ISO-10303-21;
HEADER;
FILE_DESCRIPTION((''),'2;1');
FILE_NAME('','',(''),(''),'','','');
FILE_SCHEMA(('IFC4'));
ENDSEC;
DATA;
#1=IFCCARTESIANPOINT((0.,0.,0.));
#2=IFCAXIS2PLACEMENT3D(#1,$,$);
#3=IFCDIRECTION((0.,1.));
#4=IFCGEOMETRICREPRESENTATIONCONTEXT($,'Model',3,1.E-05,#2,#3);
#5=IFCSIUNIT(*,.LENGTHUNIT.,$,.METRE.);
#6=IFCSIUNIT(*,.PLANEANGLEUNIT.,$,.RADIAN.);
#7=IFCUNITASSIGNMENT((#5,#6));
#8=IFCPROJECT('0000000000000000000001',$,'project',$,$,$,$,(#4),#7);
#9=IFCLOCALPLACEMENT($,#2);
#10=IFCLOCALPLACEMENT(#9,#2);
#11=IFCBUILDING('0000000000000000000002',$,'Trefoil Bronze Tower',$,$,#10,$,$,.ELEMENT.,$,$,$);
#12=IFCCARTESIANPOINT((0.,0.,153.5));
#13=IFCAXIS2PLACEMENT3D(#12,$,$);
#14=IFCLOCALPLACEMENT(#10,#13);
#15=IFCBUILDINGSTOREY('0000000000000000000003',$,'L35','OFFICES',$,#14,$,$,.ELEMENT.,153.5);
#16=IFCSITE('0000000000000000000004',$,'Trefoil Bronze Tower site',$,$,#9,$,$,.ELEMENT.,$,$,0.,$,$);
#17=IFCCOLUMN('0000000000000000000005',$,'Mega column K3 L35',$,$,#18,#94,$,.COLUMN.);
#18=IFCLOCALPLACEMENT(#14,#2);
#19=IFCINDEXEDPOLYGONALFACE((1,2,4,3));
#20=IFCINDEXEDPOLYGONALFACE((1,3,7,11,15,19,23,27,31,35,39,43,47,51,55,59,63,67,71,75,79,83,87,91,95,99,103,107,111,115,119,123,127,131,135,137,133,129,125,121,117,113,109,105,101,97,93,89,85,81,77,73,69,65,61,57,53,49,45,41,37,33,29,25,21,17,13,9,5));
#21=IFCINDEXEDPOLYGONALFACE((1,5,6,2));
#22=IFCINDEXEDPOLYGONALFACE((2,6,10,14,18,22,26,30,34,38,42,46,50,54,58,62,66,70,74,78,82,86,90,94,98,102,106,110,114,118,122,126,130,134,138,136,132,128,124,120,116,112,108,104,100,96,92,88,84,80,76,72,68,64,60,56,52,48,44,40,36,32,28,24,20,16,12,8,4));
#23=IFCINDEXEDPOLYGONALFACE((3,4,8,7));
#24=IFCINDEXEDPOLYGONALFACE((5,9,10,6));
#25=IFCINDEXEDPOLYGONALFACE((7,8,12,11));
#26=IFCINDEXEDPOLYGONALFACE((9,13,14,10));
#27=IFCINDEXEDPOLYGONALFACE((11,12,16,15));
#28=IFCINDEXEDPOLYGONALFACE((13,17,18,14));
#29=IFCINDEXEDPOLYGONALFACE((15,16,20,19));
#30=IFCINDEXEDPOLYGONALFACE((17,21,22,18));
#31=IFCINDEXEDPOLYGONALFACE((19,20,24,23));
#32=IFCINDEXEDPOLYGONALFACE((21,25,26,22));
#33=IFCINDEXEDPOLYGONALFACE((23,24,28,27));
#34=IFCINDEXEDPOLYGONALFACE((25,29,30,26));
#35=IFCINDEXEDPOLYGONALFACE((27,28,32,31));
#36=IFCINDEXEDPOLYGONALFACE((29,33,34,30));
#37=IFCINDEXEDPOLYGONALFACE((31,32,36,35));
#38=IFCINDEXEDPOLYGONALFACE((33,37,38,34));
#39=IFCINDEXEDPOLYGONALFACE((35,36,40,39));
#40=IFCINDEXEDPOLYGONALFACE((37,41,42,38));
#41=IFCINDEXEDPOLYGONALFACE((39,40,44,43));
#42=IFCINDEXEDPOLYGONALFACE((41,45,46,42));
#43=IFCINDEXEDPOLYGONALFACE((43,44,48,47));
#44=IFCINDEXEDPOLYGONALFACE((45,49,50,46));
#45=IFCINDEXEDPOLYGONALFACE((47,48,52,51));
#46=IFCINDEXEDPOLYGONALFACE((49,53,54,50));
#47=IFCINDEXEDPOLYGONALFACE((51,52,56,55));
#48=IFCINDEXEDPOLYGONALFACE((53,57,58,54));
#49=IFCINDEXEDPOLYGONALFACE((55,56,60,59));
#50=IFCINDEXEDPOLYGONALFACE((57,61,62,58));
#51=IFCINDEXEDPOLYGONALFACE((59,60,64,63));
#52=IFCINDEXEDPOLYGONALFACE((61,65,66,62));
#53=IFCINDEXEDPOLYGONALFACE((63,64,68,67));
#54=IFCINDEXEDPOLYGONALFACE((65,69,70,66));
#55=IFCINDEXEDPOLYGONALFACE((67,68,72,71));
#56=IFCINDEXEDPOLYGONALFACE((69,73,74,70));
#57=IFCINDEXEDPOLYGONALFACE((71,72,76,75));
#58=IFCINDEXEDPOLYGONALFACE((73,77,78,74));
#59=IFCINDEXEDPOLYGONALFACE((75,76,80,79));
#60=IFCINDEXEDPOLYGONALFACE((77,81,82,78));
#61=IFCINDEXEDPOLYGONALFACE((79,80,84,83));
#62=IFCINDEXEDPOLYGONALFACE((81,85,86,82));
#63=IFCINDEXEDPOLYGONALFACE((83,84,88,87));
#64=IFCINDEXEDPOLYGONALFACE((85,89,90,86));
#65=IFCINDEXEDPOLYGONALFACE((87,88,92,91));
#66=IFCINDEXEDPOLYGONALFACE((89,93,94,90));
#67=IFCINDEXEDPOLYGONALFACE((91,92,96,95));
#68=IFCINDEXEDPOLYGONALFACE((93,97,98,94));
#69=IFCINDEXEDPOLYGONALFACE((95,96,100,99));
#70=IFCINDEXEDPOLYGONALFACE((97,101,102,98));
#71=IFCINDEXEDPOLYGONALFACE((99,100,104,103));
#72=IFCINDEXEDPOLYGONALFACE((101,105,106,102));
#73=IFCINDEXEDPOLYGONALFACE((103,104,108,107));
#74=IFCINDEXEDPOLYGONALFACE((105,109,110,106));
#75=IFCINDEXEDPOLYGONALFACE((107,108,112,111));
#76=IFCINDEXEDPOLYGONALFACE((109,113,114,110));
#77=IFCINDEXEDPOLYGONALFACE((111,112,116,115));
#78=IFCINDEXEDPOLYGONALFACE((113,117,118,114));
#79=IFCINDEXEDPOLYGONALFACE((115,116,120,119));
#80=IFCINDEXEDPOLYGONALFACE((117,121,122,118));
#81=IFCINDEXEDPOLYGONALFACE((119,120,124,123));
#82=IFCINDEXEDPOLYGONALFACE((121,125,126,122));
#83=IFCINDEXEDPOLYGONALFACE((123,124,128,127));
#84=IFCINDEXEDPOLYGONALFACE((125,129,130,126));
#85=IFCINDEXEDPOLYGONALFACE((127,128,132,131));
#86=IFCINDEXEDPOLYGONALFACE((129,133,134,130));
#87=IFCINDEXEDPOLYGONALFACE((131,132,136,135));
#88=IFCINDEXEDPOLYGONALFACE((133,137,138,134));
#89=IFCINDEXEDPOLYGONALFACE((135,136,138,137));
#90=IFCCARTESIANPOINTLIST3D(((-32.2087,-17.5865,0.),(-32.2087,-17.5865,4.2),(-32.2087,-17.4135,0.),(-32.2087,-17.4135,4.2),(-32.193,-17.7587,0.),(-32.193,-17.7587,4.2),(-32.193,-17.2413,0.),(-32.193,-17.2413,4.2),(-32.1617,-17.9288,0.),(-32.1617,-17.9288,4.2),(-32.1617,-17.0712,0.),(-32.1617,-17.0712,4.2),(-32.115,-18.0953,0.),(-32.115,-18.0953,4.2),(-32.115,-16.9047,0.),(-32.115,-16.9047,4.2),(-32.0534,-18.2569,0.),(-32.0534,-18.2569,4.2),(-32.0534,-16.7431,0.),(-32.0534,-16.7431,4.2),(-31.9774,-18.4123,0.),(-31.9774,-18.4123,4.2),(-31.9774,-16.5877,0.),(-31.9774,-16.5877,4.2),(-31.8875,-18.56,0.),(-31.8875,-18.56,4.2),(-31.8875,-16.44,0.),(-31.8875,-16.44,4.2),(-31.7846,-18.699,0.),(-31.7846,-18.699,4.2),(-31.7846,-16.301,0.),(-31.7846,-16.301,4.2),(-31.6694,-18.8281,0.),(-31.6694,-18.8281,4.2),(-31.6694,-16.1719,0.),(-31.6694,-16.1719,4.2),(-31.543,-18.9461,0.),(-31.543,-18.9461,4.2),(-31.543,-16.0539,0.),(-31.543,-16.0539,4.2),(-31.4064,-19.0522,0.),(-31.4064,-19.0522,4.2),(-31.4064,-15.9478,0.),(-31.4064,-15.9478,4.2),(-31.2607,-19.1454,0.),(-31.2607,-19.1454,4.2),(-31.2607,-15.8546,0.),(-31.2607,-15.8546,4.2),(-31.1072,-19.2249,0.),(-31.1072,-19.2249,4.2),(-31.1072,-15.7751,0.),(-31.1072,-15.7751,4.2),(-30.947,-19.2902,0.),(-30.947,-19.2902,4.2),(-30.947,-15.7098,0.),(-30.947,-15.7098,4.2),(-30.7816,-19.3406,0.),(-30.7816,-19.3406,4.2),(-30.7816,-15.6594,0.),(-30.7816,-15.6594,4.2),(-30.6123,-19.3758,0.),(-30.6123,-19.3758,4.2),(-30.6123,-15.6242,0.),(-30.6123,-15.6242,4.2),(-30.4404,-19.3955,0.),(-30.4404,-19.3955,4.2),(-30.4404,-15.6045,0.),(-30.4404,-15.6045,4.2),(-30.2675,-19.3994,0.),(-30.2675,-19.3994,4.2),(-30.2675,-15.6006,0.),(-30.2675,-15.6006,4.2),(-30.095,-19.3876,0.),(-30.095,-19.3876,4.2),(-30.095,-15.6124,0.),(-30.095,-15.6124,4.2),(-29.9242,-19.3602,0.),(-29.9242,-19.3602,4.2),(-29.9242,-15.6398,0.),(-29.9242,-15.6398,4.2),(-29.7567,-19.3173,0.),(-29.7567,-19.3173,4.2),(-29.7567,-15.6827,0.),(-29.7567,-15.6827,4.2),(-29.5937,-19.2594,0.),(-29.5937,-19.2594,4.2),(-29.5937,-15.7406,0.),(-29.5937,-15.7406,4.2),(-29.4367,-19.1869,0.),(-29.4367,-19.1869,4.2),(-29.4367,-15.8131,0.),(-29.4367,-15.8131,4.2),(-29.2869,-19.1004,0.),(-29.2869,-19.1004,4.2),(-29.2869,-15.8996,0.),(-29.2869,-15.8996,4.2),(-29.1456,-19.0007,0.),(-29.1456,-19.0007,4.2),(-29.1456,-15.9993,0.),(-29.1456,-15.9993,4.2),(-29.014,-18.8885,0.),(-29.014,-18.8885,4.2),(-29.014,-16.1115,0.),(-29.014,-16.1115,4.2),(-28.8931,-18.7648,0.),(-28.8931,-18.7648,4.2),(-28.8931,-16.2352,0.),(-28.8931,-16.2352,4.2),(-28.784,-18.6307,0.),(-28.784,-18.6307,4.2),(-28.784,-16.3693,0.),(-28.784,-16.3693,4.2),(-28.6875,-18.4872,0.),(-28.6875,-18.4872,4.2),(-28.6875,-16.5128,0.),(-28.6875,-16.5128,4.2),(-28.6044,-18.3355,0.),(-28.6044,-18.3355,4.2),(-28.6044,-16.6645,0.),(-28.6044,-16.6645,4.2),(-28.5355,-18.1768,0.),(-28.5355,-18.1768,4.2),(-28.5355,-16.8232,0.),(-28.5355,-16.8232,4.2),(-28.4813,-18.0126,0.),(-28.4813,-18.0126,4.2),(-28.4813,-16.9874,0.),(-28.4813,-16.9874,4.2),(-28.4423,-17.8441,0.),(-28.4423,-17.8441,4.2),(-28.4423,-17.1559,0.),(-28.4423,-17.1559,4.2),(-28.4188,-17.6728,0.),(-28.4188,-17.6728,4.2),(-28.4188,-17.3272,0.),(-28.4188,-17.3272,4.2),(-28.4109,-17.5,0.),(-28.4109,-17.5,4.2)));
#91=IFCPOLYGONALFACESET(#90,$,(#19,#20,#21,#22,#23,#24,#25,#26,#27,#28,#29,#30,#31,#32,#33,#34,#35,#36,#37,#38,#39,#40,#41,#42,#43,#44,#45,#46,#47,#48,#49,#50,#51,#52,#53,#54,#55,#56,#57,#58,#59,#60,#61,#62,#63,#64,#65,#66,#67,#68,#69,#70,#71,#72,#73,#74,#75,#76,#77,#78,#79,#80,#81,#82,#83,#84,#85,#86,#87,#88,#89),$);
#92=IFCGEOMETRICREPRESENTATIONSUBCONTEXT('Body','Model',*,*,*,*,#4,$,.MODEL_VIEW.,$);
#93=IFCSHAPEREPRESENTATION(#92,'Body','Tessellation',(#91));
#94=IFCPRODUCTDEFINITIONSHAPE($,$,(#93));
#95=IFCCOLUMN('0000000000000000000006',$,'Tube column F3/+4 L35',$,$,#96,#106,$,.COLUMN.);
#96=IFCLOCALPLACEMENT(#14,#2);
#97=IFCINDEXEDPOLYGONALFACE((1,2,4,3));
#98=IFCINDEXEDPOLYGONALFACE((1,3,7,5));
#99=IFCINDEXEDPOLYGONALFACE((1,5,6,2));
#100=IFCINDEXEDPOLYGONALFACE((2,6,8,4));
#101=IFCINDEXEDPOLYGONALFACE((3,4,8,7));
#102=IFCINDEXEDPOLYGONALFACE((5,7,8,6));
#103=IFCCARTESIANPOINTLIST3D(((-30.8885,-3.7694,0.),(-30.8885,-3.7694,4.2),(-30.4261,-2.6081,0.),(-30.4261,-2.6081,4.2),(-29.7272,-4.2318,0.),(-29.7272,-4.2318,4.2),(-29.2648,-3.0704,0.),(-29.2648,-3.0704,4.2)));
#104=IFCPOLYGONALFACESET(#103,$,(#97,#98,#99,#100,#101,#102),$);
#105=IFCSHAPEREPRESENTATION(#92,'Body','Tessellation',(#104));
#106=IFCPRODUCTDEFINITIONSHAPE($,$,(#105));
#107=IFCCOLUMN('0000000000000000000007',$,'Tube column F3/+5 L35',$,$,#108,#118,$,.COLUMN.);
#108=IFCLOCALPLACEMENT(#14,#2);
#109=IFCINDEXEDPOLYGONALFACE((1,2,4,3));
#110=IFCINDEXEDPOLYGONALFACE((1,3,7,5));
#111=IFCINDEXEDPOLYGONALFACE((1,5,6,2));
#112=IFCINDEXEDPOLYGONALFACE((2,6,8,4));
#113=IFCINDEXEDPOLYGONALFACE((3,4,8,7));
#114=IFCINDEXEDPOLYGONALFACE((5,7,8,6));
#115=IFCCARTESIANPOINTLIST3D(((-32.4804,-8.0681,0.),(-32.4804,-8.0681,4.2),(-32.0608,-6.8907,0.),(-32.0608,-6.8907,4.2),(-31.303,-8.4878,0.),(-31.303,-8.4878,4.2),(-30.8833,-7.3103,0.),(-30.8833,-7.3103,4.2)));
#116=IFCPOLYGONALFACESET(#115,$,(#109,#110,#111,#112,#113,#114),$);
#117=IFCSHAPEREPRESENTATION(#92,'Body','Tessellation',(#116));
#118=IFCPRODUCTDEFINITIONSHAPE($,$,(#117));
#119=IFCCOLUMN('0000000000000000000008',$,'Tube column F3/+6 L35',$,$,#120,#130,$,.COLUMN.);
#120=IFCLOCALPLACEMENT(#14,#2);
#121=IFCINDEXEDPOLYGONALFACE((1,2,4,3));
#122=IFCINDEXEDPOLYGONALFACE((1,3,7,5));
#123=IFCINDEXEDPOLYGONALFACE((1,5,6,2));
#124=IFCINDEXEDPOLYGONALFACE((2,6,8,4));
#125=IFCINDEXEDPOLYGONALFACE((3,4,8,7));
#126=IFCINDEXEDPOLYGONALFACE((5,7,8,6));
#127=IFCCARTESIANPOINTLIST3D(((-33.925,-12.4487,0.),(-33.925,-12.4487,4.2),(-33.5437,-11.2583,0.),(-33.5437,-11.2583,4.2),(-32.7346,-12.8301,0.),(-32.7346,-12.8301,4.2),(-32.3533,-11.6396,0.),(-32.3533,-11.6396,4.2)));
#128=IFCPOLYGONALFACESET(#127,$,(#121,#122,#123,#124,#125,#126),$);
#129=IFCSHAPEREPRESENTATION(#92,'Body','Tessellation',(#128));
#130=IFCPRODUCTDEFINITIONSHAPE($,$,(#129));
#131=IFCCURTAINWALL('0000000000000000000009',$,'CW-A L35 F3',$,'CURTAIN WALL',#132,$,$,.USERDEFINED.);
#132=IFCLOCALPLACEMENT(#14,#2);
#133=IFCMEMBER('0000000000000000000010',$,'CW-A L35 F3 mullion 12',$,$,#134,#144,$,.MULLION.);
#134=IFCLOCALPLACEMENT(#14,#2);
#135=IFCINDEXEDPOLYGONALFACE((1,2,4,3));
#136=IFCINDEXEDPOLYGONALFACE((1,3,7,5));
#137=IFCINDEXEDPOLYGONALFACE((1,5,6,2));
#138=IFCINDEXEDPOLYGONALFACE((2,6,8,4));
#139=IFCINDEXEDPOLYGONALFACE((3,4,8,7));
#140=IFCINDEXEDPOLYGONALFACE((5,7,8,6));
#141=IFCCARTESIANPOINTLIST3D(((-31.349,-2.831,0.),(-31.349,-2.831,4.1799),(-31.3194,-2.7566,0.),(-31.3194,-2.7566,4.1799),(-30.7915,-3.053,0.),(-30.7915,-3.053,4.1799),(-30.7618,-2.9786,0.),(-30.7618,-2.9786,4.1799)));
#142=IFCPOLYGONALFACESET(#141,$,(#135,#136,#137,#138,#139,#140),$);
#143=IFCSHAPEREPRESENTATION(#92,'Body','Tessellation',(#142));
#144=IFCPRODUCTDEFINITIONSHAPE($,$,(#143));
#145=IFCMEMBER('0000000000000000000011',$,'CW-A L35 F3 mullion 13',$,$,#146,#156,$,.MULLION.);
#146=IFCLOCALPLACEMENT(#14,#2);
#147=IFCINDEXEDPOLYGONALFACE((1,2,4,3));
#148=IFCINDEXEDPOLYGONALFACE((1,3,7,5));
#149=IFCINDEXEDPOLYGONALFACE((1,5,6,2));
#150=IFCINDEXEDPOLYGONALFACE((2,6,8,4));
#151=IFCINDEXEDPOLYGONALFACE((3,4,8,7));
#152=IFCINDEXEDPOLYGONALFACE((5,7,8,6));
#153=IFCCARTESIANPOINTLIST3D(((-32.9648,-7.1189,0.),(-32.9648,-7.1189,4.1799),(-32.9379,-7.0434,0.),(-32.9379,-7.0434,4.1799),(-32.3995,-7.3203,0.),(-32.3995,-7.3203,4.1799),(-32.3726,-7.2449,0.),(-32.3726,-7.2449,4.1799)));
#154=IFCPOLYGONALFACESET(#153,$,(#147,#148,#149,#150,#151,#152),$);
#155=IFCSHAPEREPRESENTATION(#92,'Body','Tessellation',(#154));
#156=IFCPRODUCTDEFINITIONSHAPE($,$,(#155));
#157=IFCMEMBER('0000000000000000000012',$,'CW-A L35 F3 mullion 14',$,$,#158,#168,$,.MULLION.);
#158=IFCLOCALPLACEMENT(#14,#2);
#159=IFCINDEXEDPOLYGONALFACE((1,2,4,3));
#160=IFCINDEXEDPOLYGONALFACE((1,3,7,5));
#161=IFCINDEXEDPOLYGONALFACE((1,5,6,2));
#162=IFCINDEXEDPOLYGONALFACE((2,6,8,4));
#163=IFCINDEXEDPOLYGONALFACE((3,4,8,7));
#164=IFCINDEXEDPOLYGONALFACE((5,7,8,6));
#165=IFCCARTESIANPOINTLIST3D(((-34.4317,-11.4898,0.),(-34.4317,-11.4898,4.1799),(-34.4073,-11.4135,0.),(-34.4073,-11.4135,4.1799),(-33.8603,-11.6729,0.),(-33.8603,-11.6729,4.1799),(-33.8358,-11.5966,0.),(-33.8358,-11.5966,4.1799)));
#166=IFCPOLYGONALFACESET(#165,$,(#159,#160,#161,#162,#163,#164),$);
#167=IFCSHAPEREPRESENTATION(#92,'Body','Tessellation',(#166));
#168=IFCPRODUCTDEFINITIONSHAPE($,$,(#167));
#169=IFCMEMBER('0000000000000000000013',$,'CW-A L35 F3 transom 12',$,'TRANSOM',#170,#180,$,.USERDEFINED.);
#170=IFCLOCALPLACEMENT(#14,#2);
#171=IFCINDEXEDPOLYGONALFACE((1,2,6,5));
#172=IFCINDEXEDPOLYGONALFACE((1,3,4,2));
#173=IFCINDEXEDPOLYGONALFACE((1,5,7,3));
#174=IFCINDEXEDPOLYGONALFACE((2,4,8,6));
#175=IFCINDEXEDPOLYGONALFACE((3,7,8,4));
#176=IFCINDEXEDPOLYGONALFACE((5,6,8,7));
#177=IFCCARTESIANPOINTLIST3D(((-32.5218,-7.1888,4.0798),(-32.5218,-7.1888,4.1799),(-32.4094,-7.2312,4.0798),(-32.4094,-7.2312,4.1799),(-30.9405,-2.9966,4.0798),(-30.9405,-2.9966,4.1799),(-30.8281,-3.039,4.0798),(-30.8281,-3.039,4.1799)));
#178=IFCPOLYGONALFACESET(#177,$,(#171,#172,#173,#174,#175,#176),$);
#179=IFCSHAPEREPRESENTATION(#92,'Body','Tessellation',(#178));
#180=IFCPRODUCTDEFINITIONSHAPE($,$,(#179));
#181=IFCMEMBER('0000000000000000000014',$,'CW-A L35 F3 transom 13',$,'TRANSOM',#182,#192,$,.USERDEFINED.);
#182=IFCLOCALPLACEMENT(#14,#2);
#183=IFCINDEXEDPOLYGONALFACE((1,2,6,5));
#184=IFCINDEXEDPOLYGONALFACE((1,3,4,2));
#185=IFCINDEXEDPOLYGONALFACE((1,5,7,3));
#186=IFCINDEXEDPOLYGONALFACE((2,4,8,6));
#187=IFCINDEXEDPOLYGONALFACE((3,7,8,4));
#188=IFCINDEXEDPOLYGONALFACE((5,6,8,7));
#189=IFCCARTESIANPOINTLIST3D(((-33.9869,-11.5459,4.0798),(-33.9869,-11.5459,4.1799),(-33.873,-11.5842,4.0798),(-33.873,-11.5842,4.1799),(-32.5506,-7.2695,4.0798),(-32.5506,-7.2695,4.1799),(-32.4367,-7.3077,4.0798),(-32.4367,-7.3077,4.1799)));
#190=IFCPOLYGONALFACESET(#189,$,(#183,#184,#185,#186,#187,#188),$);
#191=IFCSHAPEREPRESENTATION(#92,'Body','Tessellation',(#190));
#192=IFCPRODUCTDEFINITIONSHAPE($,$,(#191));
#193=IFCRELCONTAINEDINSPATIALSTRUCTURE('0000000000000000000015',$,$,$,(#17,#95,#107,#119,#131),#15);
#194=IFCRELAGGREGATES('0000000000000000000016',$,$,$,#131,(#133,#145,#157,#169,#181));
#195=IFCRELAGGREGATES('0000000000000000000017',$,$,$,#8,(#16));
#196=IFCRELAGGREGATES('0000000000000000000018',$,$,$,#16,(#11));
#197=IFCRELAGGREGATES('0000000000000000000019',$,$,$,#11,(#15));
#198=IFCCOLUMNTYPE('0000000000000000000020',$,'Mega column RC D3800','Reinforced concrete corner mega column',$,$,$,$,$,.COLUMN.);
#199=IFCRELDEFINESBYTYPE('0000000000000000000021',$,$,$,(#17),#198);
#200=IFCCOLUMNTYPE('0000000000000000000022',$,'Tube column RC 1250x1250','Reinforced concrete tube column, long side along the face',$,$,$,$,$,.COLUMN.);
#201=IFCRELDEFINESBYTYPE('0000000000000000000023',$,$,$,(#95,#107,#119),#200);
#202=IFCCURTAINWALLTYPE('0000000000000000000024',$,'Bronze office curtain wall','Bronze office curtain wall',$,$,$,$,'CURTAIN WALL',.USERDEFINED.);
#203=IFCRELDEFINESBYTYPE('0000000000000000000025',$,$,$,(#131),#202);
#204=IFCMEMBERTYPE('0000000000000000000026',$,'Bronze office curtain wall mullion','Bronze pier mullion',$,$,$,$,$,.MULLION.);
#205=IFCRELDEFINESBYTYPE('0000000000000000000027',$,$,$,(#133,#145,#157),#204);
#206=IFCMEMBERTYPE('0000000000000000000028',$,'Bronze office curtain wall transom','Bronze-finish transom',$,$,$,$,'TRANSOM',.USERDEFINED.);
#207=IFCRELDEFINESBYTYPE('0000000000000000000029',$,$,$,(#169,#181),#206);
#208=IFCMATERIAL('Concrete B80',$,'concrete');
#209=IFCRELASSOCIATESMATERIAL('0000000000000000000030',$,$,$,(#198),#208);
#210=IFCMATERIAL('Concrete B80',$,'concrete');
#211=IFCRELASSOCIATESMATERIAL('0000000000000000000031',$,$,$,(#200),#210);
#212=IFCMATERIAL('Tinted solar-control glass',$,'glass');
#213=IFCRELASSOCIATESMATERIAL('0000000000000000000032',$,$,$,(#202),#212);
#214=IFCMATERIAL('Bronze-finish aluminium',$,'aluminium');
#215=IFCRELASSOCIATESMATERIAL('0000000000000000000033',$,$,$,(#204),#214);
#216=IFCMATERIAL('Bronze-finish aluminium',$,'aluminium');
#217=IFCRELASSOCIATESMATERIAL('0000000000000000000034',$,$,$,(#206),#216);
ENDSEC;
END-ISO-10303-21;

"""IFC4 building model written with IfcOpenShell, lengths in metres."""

from ifc_helpers import new_model, si_unit, direction, frame, origin, origin_2d, place, context, subcontext, project, spatial, rectangle, circle, extrude, material, material_profile, profile_set, type_object, element, aggregate, save


model = new_model("IFC4")

# Units and contexts
model_context = context("Model", 3, precision=1e-05, world=origin(), true_north=direction((0.0, 1.0)))
body_context = subcontext(model_context, "Body", "Model", "MODEL_VIEW")
ifc_project = project(units=[si_unit("LENGTHUNIT", "METRE"), si_unit("PLANEANGLEUNIT", "RADIAN")], contexts=[model_context])

# Site, building, storey
site_placement = place(None, origin())
site = spatial("IfcSite", under=ifc_project, at=site_placement, Name="Trefoil Bronze Tower site", CompositionType="ELEMENT", RefElevation=0.0)
building_placement = place(site_placement, origin())
building = spatial("IfcBuilding", under=site, at=building_placement, Name="Trefoil Bronze Tower", CompositionType="ELEMENT")
storey_placement = place(building_placement, frame((0.0, 0.0, 153.5)))
storey = spatial("IfcBuildingStorey", under=building, at=storey_placement, Name="L35", Description="OFFICES", CompositionType="ELEMENT", Elevation=153.5)

# Columns
ifc_material_1 = material(Name="Concrete B80", Category="concrete")
ifc_material_profile_1 = material_profile(ifc_material_1, circle(Radius=1.8999, at=origin_2d()), Name="RC D3800")
ifc_profile_set_1 = profile_set([ifc_material_profile_1], Name="Concrete B80")
column_type_1 = type_object("IfcColumnType", Name="Mega column RC D3800", Description="Reinforced concrete corner mega column", PredefinedType="COLUMN", material=ifc_profile_set_1)
column_placement = place(storey_placement, frame((-30.3108, -17.5, 0.0), z_axis=(0.0, 0.0, 1.0), x_axis=(1.0, 0.0, 0.0)))
element("IfcColumn", 1, at=column_placement, inside=storey, type_object=column_type_1, Name="Mega column K3 L35", PredefinedType="COLUMN", context=body_context, shape_type="SweptSolid", body=[
    extrude(circle(Radius=1.8999, at=origin_2d()), origin(), (0.0, 0.0, 1.0), 4.2),
])
ifc_material_2 = material(Name="Concrete B80", Category="concrete")
ifc_material_profile_2 = material_profile(ifc_material_2, rectangle(XDim=1.25, YDim=1.25, at=origin_2d()), Name="RC 1250x1250")
ifc_profile_set_2 = profile_set([ifc_material_profile_2], Name="Concrete B80")
column_type_2 = type_object("IfcColumnType", Name="Tube column RC 1250x1250", Description="Reinforced concrete tube column, long side along the face", PredefinedType="COLUMN", material=ifc_profile_set_2)
for number, where, z_axis, x_axis, name in (
    (2, (-30.0767, -3.4199, 0.0), (0.0, 0.0, 1.0), (-0.369901, -0.929071, 0.0), "Tube column F3/+4 L35"),
    (3, (-31.6819, -7.6892, 0.0), (0.0, 0.0, 1.0), (-0.335718, -0.941963, 0.0), "Tube column F3/+5 L35"),
    (4, (-33.1392, -12.0442, 0.0), (0.0, 0.0, 1.0), (-0.305066, -0.952331, 0.0), "Tube column F3/+6 L35"),
):
    element("IfcColumn", number, at=place(storey_placement, frame(where, z_axis=z_axis, x_axis=x_axis)), inside=storey, type_object=column_type_2, Name=name, PredefinedType="COLUMN", context=body_context, shape_type="SweptSolid", body=[
        extrude(rectangle(XDim=1.25, YDim=1.25, at=origin_2d()), origin(), (0.0, 0.0, 1.0), 4.2),
    ])

# Curtain wall, members
ifc_material_3 = material(Name="Tinted solar-control glass", Category="glass")
curtain_wall_type_1 = type_object("IfcCurtainWallType", Name="Bronze office curtain wall", Description="Bronze office curtain wall", ElementType="CURTAIN WALL", PredefinedType="USERDEFINED", material=ifc_material_3)
curtain_wall_1_placement = place(storey_placement, origin())
curtain_wall_1 = element("IfcCurtainWall", 5, at=curtain_wall_1_placement, inside=storey, type_object=curtain_wall_type_1, Name="CW-A L35 F3", ObjectType="CURTAIN WALL", PredefinedType="USERDEFINED")
ifc_material_4 = material(Name="Bronze-finish aluminium", Category="aluminium")
ifc_material_profile_3 = material_profile(ifc_material_4, rectangle(XDim=0.6001, YDim=0.0801, at=origin_2d()), Name="CW-A mullion")
ifc_profile_set_3 = profile_set([ifc_material_profile_3], Name="Bronze-finish aluminium")
member_type_1 = type_object("IfcMemberType", Name="Bronze office curtain wall mullion", Description="Bronze pier mullion", PredefinedType="MULLION", material=ifc_profile_set_3)
member_1_placement = place(storey_placement, frame((-31.0554, -2.9048, 0.0), z_axis=(0.0, 0.0, 1.0), x_axis=(0.929071, -0.369901, 0.0)))
member_1 = element("IfcMember", 6, at=member_1_placement, type_object=member_type_1, Name="CW-A L35 F3 mullion 12", PredefinedType="MULLION", context=body_context, shape_type="SweptSolid", body=[
    extrude(rectangle(XDim=0.6001, YDim=0.0801, at=origin_2d()), origin(), (0.0, 0.0, 1.0), 4.1799),
])
member_2_placement = place(storey_placement, frame((-32.6687, -7.1819, 0.0), z_axis=(0.0, 0.0, 1.0), x_axis=(0.941963, -0.335718, 0.0)))
member_2 = element("IfcMember", 7, at=member_2_placement, type_object=member_type_1, Name="CW-A L35 F3 mullion 13", PredefinedType="MULLION", context=body_context, shape_type="SweptSolid", body=[
    extrude(rectangle(XDim=0.6001, YDim=0.0801, at=origin_2d()), origin(), (0.0, 0.0, 1.0), 4.1799),
])
member_3_placement = place(storey_placement, frame((-34.1338, -11.5432, 0.0), z_axis=(0.0, 0.0, 1.0), x_axis=(0.952331, -0.305066, 0.0)))
member_3 = element("IfcMember", 8, at=member_3_placement, type_object=member_type_1, Name="CW-A L35 F3 mullion 14", PredefinedType="MULLION", context=body_context, shape_type="SweptSolid", body=[
    extrude(rectangle(XDim=0.6001, YDim=0.0801, at=origin_2d()), origin(), (0.0, 0.0, 1.0), 4.1799),
])
ifc_material_5 = material(Name="Bronze-finish aluminium", Category="aluminium")
ifc_material_profile_4 = material_profile(ifc_material_5, rectangle(XDim=0.1201, YDim=0.1001, at=origin_2d()), Name="CW-A transom")
ifc_profile_set_4 = profile_set([ifc_material_profile_4], Name="Bronze-finish aluminium")
member_type_2 = type_object("IfcMemberType", Name="Bronze office curtain wall transom", Description="Bronze-finish transom", ElementType="TRANSOM", PredefinedType="USERDEFINED", material=ifc_profile_set_4)
member_4_placement = place(storey_placement, frame((-30.8843, -3.0178, 4.1299), z_axis=(-0.352932, -0.935649, 0.0), x_axis=(0.935649, -0.352932, 0.0)))
member_4 = element("IfcMember", 9, at=member_4_placement, type_object=member_type_2, Name="CW-A L35 F3 transom 12", ObjectType="TRANSOM", PredefinedType="USERDEFINED", context=body_context, shape_type="SweptSolid", body=[
    extrude(rectangle(XDim=0.1201, YDim=0.1001, at=origin_2d()), origin(), (0.0, 0.0, 1.0), 4.4805),
])
member_5_placement = place(storey_placement, frame((-32.4937, -7.2886, 4.1299), z_axis=(-0.318386, -0.947961, 0.0), x_axis=(0.947961, -0.318386, 0.0)))
member_5 = element("IfcMember", 10, at=member_5_placement, type_object=member_type_2, Name="CW-A L35 F3 transom 13", ObjectType="TRANSOM", PredefinedType="USERDEFINED", context=body_context, shape_type="SweptSolid", body=[
    extrude(rectangle(XDim=0.1201, YDim=0.1001, at=origin_2d()), origin(), (0.0, 0.0, 1.0), 4.5112),
])

aggregate(curtain_wall_1, [member_1, member_2, member_3, member_4, member_5])

save(model, "model.ifc")
